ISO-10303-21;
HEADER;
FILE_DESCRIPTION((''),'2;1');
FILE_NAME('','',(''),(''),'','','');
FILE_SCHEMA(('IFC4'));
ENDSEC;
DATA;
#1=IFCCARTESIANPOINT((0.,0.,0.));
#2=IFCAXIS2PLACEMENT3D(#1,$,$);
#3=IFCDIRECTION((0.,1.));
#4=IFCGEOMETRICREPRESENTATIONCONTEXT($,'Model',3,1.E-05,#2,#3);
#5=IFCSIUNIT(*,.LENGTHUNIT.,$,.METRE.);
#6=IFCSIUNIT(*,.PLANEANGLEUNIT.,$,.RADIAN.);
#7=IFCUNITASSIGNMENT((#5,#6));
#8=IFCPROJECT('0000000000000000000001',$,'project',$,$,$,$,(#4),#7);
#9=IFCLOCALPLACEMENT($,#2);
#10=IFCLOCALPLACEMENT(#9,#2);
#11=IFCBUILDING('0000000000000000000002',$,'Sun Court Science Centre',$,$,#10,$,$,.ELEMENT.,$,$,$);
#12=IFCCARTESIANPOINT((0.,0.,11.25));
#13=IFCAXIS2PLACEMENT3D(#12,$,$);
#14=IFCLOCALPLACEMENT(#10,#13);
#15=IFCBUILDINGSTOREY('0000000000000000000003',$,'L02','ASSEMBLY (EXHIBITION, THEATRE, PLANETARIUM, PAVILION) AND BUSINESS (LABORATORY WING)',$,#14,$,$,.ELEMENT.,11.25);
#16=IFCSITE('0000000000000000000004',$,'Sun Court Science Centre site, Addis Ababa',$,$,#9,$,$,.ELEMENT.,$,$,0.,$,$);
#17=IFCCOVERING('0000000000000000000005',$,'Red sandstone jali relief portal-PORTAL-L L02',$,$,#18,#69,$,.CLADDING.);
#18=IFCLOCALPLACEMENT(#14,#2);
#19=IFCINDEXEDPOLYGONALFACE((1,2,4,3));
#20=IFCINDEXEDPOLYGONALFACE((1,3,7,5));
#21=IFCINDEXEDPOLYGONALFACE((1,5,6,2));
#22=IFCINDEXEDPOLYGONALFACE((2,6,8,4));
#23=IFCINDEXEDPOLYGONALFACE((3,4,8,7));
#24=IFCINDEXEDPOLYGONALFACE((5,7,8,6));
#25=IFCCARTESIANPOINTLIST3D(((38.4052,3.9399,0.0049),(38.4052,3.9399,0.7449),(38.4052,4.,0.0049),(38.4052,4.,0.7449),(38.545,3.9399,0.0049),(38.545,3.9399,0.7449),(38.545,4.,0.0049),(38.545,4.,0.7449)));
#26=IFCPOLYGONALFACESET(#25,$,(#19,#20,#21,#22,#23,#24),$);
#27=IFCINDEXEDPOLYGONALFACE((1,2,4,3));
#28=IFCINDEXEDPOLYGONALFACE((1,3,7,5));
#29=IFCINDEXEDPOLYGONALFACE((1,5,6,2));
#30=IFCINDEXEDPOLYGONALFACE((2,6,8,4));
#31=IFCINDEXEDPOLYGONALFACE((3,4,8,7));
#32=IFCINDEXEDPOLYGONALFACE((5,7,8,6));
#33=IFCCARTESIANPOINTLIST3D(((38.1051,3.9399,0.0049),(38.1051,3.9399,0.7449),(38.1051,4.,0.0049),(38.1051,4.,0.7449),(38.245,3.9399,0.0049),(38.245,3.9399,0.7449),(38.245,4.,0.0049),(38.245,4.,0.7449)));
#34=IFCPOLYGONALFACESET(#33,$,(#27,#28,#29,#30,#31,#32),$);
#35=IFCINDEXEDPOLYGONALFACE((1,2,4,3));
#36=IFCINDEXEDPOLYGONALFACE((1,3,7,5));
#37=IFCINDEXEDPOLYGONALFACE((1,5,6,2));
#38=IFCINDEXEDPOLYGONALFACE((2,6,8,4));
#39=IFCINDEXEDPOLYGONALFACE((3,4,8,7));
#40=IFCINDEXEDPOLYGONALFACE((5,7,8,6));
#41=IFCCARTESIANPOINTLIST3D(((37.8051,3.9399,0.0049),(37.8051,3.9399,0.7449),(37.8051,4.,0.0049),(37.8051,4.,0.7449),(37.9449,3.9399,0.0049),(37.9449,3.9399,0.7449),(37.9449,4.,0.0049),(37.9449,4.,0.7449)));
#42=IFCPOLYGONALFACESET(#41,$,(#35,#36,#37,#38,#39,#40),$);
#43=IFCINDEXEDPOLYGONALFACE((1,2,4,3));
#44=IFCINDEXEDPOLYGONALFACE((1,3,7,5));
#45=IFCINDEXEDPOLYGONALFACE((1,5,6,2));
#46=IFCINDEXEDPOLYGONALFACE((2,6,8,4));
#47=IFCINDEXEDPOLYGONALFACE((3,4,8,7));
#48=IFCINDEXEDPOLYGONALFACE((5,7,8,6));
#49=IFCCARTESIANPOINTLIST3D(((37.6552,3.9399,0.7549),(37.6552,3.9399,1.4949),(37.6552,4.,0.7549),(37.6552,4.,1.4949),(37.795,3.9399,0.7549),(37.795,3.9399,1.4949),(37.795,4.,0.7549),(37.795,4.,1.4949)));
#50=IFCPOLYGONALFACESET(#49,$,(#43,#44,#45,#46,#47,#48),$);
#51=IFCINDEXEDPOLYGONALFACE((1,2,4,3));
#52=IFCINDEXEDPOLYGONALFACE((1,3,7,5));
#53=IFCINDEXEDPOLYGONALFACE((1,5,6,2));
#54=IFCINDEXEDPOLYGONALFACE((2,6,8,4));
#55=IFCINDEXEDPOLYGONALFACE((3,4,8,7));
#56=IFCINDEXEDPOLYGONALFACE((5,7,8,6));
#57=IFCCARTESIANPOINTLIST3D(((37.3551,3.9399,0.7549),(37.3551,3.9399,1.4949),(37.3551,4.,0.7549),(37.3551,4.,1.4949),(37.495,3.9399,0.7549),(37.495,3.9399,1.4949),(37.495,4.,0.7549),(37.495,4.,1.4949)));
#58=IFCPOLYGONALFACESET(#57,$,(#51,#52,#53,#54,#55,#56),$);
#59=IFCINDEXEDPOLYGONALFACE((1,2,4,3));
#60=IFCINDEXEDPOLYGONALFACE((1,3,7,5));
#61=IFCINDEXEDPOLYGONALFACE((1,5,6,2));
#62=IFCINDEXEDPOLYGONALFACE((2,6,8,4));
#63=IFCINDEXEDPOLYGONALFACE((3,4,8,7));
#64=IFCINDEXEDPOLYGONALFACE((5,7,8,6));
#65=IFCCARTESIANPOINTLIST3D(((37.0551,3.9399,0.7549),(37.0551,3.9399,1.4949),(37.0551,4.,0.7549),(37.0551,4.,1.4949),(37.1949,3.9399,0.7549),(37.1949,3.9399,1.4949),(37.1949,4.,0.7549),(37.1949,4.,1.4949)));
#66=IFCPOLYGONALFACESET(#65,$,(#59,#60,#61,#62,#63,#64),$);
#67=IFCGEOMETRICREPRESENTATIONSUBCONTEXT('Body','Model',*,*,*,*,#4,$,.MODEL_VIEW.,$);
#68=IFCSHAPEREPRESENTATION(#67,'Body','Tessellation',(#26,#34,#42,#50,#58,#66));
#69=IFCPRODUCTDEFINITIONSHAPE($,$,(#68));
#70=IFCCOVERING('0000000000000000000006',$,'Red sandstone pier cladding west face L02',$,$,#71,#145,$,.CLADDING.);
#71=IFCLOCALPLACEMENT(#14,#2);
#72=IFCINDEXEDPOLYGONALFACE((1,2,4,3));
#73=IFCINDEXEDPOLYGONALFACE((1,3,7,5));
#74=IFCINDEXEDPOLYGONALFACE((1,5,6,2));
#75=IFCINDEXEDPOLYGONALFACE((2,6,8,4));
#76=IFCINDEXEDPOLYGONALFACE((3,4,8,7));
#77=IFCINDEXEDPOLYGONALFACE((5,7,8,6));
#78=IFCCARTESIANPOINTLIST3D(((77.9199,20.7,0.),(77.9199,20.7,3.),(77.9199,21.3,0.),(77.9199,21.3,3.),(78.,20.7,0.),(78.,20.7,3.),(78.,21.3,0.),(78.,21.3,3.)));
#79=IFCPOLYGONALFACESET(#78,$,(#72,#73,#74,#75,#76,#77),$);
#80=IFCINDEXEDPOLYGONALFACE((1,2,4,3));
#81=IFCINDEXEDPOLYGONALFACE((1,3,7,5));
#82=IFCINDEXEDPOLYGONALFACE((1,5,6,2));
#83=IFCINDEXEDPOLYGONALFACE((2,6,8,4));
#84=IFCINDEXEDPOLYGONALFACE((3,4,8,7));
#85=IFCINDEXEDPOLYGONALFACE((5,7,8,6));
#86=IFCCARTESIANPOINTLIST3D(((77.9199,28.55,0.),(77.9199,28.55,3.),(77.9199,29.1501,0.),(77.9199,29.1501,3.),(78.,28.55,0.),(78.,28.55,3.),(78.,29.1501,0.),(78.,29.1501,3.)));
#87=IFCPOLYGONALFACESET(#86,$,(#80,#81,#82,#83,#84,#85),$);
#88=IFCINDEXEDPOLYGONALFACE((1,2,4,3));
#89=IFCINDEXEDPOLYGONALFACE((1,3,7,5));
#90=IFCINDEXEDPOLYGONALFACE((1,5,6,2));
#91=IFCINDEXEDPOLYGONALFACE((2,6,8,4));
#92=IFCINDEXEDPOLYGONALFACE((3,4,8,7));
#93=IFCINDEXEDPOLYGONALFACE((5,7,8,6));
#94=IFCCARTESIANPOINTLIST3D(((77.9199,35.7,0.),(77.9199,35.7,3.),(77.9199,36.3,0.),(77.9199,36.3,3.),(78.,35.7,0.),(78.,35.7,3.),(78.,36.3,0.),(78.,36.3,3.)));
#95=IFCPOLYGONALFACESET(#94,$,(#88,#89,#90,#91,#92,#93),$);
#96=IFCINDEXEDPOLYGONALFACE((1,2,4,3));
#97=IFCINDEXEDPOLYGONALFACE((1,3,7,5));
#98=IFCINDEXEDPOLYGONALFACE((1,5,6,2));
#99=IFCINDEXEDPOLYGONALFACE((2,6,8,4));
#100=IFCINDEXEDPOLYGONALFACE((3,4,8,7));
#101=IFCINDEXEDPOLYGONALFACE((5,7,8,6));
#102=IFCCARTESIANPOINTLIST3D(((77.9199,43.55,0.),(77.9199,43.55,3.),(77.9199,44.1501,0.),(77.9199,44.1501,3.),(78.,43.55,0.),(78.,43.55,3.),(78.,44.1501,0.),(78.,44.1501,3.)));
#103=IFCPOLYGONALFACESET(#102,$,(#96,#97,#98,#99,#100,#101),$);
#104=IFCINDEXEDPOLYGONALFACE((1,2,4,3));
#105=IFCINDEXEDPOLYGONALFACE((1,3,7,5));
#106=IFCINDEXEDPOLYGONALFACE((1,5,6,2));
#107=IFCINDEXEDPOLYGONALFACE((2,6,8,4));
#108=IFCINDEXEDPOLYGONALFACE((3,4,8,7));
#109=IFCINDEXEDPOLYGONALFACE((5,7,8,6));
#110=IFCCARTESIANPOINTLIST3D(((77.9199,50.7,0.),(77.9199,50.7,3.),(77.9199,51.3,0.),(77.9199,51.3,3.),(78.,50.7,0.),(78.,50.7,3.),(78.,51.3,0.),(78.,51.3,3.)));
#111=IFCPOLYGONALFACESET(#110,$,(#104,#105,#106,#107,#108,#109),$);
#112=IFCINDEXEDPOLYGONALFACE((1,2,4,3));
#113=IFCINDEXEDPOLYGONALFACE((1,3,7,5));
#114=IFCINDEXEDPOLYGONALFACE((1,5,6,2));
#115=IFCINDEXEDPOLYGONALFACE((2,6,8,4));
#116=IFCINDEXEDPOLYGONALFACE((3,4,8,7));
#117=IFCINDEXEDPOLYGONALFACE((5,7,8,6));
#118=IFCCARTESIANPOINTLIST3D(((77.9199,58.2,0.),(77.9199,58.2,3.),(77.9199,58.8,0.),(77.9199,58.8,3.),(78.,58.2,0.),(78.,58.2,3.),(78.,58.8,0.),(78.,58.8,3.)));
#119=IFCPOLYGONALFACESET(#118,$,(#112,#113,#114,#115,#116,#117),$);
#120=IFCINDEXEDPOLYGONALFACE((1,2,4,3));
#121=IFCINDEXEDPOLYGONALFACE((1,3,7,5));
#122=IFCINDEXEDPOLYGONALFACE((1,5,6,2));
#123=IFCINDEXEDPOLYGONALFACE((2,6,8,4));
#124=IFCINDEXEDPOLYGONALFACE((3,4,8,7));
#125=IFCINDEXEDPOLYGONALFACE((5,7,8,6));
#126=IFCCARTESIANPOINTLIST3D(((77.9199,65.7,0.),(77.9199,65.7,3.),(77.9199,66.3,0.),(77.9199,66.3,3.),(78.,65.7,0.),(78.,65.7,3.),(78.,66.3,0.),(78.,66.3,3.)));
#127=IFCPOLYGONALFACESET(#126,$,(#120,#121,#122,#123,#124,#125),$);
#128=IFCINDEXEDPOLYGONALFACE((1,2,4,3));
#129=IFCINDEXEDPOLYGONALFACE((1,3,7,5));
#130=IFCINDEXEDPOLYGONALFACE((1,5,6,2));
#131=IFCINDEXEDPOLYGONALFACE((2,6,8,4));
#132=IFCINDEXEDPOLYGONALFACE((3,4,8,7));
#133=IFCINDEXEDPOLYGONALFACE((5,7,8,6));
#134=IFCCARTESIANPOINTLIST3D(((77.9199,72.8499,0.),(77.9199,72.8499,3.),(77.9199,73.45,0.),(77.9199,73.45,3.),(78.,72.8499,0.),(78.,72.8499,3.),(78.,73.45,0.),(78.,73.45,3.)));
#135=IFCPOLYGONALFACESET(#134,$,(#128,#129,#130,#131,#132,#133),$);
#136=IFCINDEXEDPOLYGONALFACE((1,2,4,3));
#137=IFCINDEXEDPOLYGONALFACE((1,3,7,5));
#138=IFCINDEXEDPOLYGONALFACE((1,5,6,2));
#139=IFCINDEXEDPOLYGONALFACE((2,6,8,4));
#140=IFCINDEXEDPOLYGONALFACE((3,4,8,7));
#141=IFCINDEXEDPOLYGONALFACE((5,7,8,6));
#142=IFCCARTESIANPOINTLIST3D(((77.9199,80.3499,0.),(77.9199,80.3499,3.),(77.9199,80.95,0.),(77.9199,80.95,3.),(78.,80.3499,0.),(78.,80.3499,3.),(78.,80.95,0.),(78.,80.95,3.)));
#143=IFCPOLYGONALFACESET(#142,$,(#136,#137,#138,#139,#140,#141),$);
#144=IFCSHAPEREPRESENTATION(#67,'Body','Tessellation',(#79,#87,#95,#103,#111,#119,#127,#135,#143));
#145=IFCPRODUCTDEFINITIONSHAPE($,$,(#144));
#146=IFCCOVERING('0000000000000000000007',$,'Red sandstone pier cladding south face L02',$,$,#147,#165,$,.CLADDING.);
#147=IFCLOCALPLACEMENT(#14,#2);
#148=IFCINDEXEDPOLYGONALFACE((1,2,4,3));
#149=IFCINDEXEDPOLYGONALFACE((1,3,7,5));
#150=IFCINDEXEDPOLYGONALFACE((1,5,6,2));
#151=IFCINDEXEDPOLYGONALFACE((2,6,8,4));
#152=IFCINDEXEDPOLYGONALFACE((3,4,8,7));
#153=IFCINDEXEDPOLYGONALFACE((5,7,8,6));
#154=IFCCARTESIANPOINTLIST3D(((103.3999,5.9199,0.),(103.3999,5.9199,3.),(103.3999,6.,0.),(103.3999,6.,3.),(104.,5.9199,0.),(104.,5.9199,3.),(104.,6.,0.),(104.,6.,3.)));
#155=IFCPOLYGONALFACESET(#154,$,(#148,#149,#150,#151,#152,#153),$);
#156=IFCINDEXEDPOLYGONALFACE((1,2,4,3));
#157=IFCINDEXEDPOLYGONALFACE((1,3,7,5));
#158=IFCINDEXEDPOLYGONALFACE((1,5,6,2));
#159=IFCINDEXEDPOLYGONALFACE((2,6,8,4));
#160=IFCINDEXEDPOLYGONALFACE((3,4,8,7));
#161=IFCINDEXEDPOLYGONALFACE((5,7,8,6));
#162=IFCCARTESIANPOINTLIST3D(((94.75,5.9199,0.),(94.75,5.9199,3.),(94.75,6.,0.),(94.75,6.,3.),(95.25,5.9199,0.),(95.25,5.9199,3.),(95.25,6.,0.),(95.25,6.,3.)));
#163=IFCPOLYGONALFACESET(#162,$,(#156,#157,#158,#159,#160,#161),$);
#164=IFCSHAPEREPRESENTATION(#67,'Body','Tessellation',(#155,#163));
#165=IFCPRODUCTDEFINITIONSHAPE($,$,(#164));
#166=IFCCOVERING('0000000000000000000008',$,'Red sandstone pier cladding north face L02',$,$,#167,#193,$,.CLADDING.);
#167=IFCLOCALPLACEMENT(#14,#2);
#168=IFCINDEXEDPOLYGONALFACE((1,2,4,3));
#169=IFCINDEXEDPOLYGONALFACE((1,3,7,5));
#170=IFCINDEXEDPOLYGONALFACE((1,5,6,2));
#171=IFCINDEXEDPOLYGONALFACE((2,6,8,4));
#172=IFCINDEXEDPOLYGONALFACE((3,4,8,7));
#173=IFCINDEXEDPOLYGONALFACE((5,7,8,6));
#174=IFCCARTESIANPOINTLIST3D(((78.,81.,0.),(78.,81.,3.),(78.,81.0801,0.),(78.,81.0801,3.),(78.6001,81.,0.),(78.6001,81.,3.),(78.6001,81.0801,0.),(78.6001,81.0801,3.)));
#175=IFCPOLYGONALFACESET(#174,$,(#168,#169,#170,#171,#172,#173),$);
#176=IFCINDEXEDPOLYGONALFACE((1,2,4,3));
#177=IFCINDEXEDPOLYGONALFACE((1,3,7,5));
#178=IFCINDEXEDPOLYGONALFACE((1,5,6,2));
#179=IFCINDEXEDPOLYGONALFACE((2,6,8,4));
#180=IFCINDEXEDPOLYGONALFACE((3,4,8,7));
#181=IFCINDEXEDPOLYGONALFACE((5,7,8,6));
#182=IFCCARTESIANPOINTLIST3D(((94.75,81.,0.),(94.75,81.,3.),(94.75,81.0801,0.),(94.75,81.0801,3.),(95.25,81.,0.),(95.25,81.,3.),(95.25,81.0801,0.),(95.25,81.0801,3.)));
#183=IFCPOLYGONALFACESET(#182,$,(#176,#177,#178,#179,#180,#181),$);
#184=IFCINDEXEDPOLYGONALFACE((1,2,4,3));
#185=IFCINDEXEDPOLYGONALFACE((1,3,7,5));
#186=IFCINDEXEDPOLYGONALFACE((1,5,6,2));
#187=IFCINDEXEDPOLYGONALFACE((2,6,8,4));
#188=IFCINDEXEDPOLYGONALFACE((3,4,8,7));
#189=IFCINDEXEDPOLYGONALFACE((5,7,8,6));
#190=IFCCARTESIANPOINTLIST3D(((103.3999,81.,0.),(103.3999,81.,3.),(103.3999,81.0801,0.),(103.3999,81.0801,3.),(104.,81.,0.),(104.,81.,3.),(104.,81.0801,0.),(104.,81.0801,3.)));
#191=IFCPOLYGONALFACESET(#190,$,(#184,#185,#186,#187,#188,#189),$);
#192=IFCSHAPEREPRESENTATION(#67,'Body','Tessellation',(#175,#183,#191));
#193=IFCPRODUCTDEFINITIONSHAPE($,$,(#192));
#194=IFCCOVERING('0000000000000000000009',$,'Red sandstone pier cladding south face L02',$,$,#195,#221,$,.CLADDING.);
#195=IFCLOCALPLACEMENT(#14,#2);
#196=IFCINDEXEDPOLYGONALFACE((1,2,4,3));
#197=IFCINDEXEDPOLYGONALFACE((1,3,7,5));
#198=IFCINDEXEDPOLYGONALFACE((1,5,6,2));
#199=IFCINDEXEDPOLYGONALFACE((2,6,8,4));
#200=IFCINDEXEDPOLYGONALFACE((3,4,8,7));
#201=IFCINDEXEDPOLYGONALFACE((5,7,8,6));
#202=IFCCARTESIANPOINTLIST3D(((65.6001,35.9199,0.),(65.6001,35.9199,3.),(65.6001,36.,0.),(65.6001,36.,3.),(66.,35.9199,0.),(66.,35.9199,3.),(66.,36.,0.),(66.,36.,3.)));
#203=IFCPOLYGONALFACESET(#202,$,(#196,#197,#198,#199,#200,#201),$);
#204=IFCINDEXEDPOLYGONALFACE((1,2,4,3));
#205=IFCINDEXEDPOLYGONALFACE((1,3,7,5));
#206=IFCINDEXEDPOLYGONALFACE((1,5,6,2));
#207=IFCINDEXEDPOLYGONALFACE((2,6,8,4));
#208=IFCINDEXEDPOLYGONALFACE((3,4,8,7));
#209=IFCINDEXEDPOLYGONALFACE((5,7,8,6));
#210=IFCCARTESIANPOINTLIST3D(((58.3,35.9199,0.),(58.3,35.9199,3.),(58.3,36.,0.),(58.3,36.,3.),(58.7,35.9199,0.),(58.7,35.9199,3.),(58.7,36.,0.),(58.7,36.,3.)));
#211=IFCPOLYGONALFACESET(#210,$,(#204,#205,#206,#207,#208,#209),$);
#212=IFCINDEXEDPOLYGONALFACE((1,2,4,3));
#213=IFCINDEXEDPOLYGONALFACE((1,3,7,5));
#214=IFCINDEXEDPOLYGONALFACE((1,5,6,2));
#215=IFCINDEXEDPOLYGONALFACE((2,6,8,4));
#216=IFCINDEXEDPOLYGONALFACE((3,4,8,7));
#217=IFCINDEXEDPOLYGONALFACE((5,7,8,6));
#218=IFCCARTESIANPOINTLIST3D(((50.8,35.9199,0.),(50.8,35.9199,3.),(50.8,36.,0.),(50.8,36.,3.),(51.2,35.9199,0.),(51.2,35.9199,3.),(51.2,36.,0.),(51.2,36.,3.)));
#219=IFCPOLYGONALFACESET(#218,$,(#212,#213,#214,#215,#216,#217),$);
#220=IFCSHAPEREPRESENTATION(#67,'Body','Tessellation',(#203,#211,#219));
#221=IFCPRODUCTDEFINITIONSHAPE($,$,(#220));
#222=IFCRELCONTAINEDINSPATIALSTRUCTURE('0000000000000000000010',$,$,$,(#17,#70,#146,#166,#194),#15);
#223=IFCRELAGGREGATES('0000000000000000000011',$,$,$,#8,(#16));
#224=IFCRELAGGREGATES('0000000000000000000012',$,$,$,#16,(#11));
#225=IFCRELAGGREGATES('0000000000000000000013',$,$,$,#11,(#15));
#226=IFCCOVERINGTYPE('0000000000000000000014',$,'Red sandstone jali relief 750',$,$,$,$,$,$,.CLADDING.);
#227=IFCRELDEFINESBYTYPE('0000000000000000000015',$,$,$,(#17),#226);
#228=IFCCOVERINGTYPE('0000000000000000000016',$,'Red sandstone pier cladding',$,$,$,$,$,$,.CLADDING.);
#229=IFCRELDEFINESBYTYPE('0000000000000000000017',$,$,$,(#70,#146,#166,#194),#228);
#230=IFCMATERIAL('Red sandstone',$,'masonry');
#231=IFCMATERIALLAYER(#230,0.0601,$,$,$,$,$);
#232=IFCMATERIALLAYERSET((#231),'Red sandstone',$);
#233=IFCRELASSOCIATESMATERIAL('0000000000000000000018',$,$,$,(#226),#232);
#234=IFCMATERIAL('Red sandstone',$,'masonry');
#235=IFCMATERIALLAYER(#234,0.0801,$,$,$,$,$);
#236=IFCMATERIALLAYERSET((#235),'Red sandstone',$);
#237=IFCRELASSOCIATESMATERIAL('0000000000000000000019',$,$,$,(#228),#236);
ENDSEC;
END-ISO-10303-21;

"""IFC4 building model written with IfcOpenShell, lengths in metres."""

from ifc_helpers import new_model, si_unit, direction, frame, origin, origin_2d, place, context, subcontext, project, spatial, rectangle, extrude, material, layer, layer_set, type_object, element, save


model = new_model("IFC4")

# Units and contexts
model_context = context("Model", 3, precision=1e-05, world=origin(), true_north=direction((0.0, 1.0)))
body_context = subcontext(model_context, "Body", "Model", "MODEL_VIEW")
ifc_project = project(units=[si_unit("LENGTHUNIT", "METRE"), si_unit("PLANEANGLEUNIT", "RADIAN")], contexts=[model_context])

# Site, building, storey
site_placement = place(None, origin())
site = spatial("IfcSite", under=ifc_project, at=site_placement, Name="Sun Court Science Centre site, Addis Ababa", CompositionType="ELEMENT", RefElevation=0.0)
building_placement = place(site_placement, origin())
building = spatial("IfcBuilding", under=site, at=building_placement, Name="Sun Court Science Centre", CompositionType="ELEMENT")
storey_placement = place(building_placement, frame((0.0, 0.0, 11.25)))
storey = spatial("IfcBuildingStorey", under=building, at=storey_placement, Name="L02", Description="ASSEMBLY (EXHIBITION, THEATRE, PLANETARIUM, PAVILION) AND BUSINESS (LABORATORY WING)", CompositionType="ELEMENT", Elevation=11.25)

# Coverings
ifc_material_1 = material(Name="Red sandstone", Category="masonry")
ifc_layer_1 = layer(ifc_material_1, 0.0601)
ifc_layer_set_1 = layer_set([ifc_layer_1], Name="Red sandstone")
covering_type_1 = type_object("IfcCoveringType", Name="Red sandstone jali relief 750", PredefinedType="CLADDING", material=ifc_layer_set_1)
covering_1_placement = place(storey_placement, frame((0.0, 0.0, -11.25)))
element("IfcCovering", 1, at=covering_1_placement, inside=storey, type_object=covering_type_1, Name="Red sandstone jali relief portal-PORTAL-L L02", PredefinedType="CLADDING", context=body_context, shape_type="SweptSolid", body=[
    extrude(rectangle(XDim=0.1399, YDim=0.0601, at=origin_2d()), frame((38.4751, 3.97, 11.2549), z_axis=(0.0, 0.0, 1.0), x_axis=(-1.0, 0.0, 0.0)), (0.0, 0.0, 1.0), 0.74),
    extrude(rectangle(XDim=0.1399, YDim=0.0601, at=origin_2d()), frame((38.175, 3.97, 11.2549), z_axis=(0.0, 0.0, 1.0), x_axis=(-1.0, 0.0, 0.0)), (0.0, 0.0, 1.0), 0.74),
    extrude(rectangle(XDim=0.1399, YDim=0.0601, at=origin_2d()), frame((37.875, 3.97, 11.2549), z_axis=(0.0, 0.0, 1.0), x_axis=(-1.0, 0.0, 0.0)), (0.0, 0.0, 1.0), 0.74),
    extrude(rectangle(XDim=0.1399, YDim=0.0601, at=origin_2d()), frame((37.7251, 3.97, 12.0049), z_axis=(0.0, 0.0, 1.0), x_axis=(-1.0, 0.0, 0.0)), (0.0, 0.0, 1.0), 0.74),
    extrude(rectangle(XDim=0.1399, YDim=0.0601, at=origin_2d()), frame((37.425, 3.97, 12.0049), z_axis=(0.0, 0.0, 1.0), x_axis=(-1.0, 0.0, 0.0)), (0.0, 0.0, 1.0), 0.74),
    extrude(rectangle(XDim=0.1399, YDim=0.0601, at=origin_2d()), frame((37.125, 3.97, 12.0049), z_axis=(0.0, 0.0, 1.0), x_axis=(-1.0, 0.0, 0.0)), (0.0, 0.0, 1.0), 0.74),
])
ifc_material_2 = material(Name="Red sandstone", Category="masonry")
ifc_layer_2 = layer(ifc_material_2, 0.0801)
ifc_layer_set_2 = layer_set([ifc_layer_2], Name="Red sandstone")
covering_type_2 = type_object("IfcCoveringType", Name="Red sandstone pier cladding", PredefinedType="CLADDING", material=ifc_layer_set_2)
covering_2_placement = place(storey_placement, frame((0.0, 0.0, -11.25)))
element("IfcCovering", 2, at=covering_2_placement, inside=storey, type_object=covering_type_2, Name="Red sandstone pier cladding west face L02", PredefinedType="CLADDING", context=body_context, shape_type="SweptSolid", body=[
    extrude(rectangle(XDim=0.6001, YDim=0.0801, at=origin_2d()), frame((77.96, 21.0, 11.25), z_axis=(0.0, 0.0, 1.0), x_axis=(0.0, 1.0, 0.0)), (0.0, 0.0, 1.0), 3.0),
    extrude(rectangle(XDim=0.6001, YDim=0.0801, at=origin_2d()), frame((77.96, 28.8501, 11.25), z_axis=(0.0, 0.0, 1.0), x_axis=(0.0, 1.0, 0.0)), (0.0, 0.0, 1.0), 3.0),
    extrude(rectangle(XDim=0.6001, YDim=0.0801, at=origin_2d()), frame((77.96, 36.0, 11.25), z_axis=(0.0, 0.0, 1.0), x_axis=(0.0, 1.0, 0.0)), (0.0, 0.0, 1.0), 3.0),
    extrude(rectangle(XDim=0.6001, YDim=0.0801, at=origin_2d()), frame((77.96, 43.8501, 11.25), z_axis=(0.0, 0.0, 1.0), x_axis=(0.0, 1.0, 0.0)), (0.0, 0.0, 1.0), 3.0),
    extrude(rectangle(XDim=0.6001, YDim=0.0801, at=origin_2d()), frame((77.96, 51.0, 11.25), z_axis=(0.0, 0.0, 1.0), x_axis=(0.0, 1.0, 0.0)), (0.0, 0.0, 1.0), 3.0),
    extrude(rectangle(XDim=0.6001, YDim=0.0801, at=origin_2d()), frame((77.96, 58.5, 11.25), z_axis=(0.0, 0.0, 1.0), x_axis=(0.0, 1.0, 0.0)), (0.0, 0.0, 1.0), 3.0),
    extrude(rectangle(XDim=0.6001, YDim=0.0801, at=origin_2d()), frame((77.96, 66.0, 11.25), z_axis=(0.0, 0.0, 1.0), x_axis=(0.0, 1.0, 0.0)), (0.0, 0.0, 1.0), 3.0),
    extrude(rectangle(XDim=0.6001, YDim=0.0801, at=origin_2d()), frame((77.96, 73.1499, 11.25), z_axis=(0.0, 0.0, 1.0), x_axis=(0.0, 1.0, 0.0)), (0.0, 0.0, 1.0), 3.0),
    extrude(rectangle(XDim=0.6001, YDim=0.0801, at=origin_2d()), frame((77.96, 80.6499, 11.25), z_axis=(0.0, 0.0, 1.0), x_axis=(0.0, 1.0, 0.0)), (0.0, 0.0, 1.0), 3.0),
])
covering_3_placement = place(storey_placement, frame((0.0, 0.0, -11.25)))
element("IfcCovering", 3, at=covering_3_placement, inside=storey, type_object=covering_type_2, Name="Red sandstone pier cladding south face L02", PredefinedType="CLADDING", context=body_context, shape_type="SweptSolid", body=[
    extrude(rectangle(XDim=0.6001, YDim=0.0801, at=origin_2d()), frame((103.7, 5.96, 11.25), z_axis=(0.0, 0.0, 1.0), x_axis=(-1.0, 0.0, 0.0)), (0.0, 0.0, 1.0), 3.0),
    extrude(rectangle(XDim=0.5, YDim=0.0801, at=origin_2d()), frame((95.0, 5.96, 11.25), z_axis=(0.0, 0.0, 1.0), x_axis=(-1.0, 0.0, 0.0)), (0.0, 0.0, 1.0), 3.0),
])
covering_4_placement = place(storey_placement, frame((0.0, 0.0, -11.25)))
element("IfcCovering", 4, at=covering_4_placement, inside=storey, type_object=covering_type_2, Name="Red sandstone pier cladding north face L02", PredefinedType="CLADDING", context=body_context, shape_type="SweptSolid", body=[
    extrude(rectangle(XDim=0.6001, YDim=0.0801, at=origin_2d()), frame((78.3, 81.04, 11.25), z_axis=(0.0, 0.0, 1.0), x_axis=(1.0, 0.0, 0.0)), (0.0, 0.0, 1.0), 3.0),
    extrude(rectangle(XDim=0.5, YDim=0.0801, at=origin_2d()), frame((95.0, 81.04, 11.25), z_axis=(0.0, 0.0, 1.0), x_axis=(1.0, 0.0, 0.0)), (0.0, 0.0, 1.0), 3.0),
    extrude(rectangle(XDim=0.6001, YDim=0.0801, at=origin_2d()), frame((103.7, 81.04, 11.25), z_axis=(0.0, 0.0, 1.0), x_axis=(1.0, 0.0, 0.0)), (0.0, 0.0, 1.0), 3.0),
])
covering_5_placement = place(storey_placement, frame((0.0, 0.0, -11.25)))
element("IfcCovering", 5, at=covering_5_placement, inside=storey, type_object=covering_type_2, Name="Red sandstone pier cladding south face L02", PredefinedType="CLADDING", context=body_context, shape_type="SweptSolid", body=[
    extrude(rectangle(XDim=0.3999, YDim=0.0801, at=origin_2d()), frame((65.8, 35.96, 11.25), z_axis=(0.0, 0.0, 1.0), x_axis=(-1.0, 0.0, 0.0)), (0.0, 0.0, 1.0), 3.0),
    extrude(rectangle(XDim=0.3999, YDim=0.0801, at=origin_2d()), frame((58.5, 35.96, 11.25), z_axis=(0.0, 0.0, 1.0), x_axis=(-1.0, 0.0, 0.0)), (0.0, 0.0, 1.0), 3.0),
    extrude(rectangle(XDim=0.3999, YDim=0.0801, at=origin_2d()), frame((51.0, 35.96, 11.25), z_axis=(0.0, 0.0, 1.0), x_axis=(-1.0, 0.0, 0.0)), (0.0, 0.0, 1.0), 3.0),
])

save(model, "model.ifc")
